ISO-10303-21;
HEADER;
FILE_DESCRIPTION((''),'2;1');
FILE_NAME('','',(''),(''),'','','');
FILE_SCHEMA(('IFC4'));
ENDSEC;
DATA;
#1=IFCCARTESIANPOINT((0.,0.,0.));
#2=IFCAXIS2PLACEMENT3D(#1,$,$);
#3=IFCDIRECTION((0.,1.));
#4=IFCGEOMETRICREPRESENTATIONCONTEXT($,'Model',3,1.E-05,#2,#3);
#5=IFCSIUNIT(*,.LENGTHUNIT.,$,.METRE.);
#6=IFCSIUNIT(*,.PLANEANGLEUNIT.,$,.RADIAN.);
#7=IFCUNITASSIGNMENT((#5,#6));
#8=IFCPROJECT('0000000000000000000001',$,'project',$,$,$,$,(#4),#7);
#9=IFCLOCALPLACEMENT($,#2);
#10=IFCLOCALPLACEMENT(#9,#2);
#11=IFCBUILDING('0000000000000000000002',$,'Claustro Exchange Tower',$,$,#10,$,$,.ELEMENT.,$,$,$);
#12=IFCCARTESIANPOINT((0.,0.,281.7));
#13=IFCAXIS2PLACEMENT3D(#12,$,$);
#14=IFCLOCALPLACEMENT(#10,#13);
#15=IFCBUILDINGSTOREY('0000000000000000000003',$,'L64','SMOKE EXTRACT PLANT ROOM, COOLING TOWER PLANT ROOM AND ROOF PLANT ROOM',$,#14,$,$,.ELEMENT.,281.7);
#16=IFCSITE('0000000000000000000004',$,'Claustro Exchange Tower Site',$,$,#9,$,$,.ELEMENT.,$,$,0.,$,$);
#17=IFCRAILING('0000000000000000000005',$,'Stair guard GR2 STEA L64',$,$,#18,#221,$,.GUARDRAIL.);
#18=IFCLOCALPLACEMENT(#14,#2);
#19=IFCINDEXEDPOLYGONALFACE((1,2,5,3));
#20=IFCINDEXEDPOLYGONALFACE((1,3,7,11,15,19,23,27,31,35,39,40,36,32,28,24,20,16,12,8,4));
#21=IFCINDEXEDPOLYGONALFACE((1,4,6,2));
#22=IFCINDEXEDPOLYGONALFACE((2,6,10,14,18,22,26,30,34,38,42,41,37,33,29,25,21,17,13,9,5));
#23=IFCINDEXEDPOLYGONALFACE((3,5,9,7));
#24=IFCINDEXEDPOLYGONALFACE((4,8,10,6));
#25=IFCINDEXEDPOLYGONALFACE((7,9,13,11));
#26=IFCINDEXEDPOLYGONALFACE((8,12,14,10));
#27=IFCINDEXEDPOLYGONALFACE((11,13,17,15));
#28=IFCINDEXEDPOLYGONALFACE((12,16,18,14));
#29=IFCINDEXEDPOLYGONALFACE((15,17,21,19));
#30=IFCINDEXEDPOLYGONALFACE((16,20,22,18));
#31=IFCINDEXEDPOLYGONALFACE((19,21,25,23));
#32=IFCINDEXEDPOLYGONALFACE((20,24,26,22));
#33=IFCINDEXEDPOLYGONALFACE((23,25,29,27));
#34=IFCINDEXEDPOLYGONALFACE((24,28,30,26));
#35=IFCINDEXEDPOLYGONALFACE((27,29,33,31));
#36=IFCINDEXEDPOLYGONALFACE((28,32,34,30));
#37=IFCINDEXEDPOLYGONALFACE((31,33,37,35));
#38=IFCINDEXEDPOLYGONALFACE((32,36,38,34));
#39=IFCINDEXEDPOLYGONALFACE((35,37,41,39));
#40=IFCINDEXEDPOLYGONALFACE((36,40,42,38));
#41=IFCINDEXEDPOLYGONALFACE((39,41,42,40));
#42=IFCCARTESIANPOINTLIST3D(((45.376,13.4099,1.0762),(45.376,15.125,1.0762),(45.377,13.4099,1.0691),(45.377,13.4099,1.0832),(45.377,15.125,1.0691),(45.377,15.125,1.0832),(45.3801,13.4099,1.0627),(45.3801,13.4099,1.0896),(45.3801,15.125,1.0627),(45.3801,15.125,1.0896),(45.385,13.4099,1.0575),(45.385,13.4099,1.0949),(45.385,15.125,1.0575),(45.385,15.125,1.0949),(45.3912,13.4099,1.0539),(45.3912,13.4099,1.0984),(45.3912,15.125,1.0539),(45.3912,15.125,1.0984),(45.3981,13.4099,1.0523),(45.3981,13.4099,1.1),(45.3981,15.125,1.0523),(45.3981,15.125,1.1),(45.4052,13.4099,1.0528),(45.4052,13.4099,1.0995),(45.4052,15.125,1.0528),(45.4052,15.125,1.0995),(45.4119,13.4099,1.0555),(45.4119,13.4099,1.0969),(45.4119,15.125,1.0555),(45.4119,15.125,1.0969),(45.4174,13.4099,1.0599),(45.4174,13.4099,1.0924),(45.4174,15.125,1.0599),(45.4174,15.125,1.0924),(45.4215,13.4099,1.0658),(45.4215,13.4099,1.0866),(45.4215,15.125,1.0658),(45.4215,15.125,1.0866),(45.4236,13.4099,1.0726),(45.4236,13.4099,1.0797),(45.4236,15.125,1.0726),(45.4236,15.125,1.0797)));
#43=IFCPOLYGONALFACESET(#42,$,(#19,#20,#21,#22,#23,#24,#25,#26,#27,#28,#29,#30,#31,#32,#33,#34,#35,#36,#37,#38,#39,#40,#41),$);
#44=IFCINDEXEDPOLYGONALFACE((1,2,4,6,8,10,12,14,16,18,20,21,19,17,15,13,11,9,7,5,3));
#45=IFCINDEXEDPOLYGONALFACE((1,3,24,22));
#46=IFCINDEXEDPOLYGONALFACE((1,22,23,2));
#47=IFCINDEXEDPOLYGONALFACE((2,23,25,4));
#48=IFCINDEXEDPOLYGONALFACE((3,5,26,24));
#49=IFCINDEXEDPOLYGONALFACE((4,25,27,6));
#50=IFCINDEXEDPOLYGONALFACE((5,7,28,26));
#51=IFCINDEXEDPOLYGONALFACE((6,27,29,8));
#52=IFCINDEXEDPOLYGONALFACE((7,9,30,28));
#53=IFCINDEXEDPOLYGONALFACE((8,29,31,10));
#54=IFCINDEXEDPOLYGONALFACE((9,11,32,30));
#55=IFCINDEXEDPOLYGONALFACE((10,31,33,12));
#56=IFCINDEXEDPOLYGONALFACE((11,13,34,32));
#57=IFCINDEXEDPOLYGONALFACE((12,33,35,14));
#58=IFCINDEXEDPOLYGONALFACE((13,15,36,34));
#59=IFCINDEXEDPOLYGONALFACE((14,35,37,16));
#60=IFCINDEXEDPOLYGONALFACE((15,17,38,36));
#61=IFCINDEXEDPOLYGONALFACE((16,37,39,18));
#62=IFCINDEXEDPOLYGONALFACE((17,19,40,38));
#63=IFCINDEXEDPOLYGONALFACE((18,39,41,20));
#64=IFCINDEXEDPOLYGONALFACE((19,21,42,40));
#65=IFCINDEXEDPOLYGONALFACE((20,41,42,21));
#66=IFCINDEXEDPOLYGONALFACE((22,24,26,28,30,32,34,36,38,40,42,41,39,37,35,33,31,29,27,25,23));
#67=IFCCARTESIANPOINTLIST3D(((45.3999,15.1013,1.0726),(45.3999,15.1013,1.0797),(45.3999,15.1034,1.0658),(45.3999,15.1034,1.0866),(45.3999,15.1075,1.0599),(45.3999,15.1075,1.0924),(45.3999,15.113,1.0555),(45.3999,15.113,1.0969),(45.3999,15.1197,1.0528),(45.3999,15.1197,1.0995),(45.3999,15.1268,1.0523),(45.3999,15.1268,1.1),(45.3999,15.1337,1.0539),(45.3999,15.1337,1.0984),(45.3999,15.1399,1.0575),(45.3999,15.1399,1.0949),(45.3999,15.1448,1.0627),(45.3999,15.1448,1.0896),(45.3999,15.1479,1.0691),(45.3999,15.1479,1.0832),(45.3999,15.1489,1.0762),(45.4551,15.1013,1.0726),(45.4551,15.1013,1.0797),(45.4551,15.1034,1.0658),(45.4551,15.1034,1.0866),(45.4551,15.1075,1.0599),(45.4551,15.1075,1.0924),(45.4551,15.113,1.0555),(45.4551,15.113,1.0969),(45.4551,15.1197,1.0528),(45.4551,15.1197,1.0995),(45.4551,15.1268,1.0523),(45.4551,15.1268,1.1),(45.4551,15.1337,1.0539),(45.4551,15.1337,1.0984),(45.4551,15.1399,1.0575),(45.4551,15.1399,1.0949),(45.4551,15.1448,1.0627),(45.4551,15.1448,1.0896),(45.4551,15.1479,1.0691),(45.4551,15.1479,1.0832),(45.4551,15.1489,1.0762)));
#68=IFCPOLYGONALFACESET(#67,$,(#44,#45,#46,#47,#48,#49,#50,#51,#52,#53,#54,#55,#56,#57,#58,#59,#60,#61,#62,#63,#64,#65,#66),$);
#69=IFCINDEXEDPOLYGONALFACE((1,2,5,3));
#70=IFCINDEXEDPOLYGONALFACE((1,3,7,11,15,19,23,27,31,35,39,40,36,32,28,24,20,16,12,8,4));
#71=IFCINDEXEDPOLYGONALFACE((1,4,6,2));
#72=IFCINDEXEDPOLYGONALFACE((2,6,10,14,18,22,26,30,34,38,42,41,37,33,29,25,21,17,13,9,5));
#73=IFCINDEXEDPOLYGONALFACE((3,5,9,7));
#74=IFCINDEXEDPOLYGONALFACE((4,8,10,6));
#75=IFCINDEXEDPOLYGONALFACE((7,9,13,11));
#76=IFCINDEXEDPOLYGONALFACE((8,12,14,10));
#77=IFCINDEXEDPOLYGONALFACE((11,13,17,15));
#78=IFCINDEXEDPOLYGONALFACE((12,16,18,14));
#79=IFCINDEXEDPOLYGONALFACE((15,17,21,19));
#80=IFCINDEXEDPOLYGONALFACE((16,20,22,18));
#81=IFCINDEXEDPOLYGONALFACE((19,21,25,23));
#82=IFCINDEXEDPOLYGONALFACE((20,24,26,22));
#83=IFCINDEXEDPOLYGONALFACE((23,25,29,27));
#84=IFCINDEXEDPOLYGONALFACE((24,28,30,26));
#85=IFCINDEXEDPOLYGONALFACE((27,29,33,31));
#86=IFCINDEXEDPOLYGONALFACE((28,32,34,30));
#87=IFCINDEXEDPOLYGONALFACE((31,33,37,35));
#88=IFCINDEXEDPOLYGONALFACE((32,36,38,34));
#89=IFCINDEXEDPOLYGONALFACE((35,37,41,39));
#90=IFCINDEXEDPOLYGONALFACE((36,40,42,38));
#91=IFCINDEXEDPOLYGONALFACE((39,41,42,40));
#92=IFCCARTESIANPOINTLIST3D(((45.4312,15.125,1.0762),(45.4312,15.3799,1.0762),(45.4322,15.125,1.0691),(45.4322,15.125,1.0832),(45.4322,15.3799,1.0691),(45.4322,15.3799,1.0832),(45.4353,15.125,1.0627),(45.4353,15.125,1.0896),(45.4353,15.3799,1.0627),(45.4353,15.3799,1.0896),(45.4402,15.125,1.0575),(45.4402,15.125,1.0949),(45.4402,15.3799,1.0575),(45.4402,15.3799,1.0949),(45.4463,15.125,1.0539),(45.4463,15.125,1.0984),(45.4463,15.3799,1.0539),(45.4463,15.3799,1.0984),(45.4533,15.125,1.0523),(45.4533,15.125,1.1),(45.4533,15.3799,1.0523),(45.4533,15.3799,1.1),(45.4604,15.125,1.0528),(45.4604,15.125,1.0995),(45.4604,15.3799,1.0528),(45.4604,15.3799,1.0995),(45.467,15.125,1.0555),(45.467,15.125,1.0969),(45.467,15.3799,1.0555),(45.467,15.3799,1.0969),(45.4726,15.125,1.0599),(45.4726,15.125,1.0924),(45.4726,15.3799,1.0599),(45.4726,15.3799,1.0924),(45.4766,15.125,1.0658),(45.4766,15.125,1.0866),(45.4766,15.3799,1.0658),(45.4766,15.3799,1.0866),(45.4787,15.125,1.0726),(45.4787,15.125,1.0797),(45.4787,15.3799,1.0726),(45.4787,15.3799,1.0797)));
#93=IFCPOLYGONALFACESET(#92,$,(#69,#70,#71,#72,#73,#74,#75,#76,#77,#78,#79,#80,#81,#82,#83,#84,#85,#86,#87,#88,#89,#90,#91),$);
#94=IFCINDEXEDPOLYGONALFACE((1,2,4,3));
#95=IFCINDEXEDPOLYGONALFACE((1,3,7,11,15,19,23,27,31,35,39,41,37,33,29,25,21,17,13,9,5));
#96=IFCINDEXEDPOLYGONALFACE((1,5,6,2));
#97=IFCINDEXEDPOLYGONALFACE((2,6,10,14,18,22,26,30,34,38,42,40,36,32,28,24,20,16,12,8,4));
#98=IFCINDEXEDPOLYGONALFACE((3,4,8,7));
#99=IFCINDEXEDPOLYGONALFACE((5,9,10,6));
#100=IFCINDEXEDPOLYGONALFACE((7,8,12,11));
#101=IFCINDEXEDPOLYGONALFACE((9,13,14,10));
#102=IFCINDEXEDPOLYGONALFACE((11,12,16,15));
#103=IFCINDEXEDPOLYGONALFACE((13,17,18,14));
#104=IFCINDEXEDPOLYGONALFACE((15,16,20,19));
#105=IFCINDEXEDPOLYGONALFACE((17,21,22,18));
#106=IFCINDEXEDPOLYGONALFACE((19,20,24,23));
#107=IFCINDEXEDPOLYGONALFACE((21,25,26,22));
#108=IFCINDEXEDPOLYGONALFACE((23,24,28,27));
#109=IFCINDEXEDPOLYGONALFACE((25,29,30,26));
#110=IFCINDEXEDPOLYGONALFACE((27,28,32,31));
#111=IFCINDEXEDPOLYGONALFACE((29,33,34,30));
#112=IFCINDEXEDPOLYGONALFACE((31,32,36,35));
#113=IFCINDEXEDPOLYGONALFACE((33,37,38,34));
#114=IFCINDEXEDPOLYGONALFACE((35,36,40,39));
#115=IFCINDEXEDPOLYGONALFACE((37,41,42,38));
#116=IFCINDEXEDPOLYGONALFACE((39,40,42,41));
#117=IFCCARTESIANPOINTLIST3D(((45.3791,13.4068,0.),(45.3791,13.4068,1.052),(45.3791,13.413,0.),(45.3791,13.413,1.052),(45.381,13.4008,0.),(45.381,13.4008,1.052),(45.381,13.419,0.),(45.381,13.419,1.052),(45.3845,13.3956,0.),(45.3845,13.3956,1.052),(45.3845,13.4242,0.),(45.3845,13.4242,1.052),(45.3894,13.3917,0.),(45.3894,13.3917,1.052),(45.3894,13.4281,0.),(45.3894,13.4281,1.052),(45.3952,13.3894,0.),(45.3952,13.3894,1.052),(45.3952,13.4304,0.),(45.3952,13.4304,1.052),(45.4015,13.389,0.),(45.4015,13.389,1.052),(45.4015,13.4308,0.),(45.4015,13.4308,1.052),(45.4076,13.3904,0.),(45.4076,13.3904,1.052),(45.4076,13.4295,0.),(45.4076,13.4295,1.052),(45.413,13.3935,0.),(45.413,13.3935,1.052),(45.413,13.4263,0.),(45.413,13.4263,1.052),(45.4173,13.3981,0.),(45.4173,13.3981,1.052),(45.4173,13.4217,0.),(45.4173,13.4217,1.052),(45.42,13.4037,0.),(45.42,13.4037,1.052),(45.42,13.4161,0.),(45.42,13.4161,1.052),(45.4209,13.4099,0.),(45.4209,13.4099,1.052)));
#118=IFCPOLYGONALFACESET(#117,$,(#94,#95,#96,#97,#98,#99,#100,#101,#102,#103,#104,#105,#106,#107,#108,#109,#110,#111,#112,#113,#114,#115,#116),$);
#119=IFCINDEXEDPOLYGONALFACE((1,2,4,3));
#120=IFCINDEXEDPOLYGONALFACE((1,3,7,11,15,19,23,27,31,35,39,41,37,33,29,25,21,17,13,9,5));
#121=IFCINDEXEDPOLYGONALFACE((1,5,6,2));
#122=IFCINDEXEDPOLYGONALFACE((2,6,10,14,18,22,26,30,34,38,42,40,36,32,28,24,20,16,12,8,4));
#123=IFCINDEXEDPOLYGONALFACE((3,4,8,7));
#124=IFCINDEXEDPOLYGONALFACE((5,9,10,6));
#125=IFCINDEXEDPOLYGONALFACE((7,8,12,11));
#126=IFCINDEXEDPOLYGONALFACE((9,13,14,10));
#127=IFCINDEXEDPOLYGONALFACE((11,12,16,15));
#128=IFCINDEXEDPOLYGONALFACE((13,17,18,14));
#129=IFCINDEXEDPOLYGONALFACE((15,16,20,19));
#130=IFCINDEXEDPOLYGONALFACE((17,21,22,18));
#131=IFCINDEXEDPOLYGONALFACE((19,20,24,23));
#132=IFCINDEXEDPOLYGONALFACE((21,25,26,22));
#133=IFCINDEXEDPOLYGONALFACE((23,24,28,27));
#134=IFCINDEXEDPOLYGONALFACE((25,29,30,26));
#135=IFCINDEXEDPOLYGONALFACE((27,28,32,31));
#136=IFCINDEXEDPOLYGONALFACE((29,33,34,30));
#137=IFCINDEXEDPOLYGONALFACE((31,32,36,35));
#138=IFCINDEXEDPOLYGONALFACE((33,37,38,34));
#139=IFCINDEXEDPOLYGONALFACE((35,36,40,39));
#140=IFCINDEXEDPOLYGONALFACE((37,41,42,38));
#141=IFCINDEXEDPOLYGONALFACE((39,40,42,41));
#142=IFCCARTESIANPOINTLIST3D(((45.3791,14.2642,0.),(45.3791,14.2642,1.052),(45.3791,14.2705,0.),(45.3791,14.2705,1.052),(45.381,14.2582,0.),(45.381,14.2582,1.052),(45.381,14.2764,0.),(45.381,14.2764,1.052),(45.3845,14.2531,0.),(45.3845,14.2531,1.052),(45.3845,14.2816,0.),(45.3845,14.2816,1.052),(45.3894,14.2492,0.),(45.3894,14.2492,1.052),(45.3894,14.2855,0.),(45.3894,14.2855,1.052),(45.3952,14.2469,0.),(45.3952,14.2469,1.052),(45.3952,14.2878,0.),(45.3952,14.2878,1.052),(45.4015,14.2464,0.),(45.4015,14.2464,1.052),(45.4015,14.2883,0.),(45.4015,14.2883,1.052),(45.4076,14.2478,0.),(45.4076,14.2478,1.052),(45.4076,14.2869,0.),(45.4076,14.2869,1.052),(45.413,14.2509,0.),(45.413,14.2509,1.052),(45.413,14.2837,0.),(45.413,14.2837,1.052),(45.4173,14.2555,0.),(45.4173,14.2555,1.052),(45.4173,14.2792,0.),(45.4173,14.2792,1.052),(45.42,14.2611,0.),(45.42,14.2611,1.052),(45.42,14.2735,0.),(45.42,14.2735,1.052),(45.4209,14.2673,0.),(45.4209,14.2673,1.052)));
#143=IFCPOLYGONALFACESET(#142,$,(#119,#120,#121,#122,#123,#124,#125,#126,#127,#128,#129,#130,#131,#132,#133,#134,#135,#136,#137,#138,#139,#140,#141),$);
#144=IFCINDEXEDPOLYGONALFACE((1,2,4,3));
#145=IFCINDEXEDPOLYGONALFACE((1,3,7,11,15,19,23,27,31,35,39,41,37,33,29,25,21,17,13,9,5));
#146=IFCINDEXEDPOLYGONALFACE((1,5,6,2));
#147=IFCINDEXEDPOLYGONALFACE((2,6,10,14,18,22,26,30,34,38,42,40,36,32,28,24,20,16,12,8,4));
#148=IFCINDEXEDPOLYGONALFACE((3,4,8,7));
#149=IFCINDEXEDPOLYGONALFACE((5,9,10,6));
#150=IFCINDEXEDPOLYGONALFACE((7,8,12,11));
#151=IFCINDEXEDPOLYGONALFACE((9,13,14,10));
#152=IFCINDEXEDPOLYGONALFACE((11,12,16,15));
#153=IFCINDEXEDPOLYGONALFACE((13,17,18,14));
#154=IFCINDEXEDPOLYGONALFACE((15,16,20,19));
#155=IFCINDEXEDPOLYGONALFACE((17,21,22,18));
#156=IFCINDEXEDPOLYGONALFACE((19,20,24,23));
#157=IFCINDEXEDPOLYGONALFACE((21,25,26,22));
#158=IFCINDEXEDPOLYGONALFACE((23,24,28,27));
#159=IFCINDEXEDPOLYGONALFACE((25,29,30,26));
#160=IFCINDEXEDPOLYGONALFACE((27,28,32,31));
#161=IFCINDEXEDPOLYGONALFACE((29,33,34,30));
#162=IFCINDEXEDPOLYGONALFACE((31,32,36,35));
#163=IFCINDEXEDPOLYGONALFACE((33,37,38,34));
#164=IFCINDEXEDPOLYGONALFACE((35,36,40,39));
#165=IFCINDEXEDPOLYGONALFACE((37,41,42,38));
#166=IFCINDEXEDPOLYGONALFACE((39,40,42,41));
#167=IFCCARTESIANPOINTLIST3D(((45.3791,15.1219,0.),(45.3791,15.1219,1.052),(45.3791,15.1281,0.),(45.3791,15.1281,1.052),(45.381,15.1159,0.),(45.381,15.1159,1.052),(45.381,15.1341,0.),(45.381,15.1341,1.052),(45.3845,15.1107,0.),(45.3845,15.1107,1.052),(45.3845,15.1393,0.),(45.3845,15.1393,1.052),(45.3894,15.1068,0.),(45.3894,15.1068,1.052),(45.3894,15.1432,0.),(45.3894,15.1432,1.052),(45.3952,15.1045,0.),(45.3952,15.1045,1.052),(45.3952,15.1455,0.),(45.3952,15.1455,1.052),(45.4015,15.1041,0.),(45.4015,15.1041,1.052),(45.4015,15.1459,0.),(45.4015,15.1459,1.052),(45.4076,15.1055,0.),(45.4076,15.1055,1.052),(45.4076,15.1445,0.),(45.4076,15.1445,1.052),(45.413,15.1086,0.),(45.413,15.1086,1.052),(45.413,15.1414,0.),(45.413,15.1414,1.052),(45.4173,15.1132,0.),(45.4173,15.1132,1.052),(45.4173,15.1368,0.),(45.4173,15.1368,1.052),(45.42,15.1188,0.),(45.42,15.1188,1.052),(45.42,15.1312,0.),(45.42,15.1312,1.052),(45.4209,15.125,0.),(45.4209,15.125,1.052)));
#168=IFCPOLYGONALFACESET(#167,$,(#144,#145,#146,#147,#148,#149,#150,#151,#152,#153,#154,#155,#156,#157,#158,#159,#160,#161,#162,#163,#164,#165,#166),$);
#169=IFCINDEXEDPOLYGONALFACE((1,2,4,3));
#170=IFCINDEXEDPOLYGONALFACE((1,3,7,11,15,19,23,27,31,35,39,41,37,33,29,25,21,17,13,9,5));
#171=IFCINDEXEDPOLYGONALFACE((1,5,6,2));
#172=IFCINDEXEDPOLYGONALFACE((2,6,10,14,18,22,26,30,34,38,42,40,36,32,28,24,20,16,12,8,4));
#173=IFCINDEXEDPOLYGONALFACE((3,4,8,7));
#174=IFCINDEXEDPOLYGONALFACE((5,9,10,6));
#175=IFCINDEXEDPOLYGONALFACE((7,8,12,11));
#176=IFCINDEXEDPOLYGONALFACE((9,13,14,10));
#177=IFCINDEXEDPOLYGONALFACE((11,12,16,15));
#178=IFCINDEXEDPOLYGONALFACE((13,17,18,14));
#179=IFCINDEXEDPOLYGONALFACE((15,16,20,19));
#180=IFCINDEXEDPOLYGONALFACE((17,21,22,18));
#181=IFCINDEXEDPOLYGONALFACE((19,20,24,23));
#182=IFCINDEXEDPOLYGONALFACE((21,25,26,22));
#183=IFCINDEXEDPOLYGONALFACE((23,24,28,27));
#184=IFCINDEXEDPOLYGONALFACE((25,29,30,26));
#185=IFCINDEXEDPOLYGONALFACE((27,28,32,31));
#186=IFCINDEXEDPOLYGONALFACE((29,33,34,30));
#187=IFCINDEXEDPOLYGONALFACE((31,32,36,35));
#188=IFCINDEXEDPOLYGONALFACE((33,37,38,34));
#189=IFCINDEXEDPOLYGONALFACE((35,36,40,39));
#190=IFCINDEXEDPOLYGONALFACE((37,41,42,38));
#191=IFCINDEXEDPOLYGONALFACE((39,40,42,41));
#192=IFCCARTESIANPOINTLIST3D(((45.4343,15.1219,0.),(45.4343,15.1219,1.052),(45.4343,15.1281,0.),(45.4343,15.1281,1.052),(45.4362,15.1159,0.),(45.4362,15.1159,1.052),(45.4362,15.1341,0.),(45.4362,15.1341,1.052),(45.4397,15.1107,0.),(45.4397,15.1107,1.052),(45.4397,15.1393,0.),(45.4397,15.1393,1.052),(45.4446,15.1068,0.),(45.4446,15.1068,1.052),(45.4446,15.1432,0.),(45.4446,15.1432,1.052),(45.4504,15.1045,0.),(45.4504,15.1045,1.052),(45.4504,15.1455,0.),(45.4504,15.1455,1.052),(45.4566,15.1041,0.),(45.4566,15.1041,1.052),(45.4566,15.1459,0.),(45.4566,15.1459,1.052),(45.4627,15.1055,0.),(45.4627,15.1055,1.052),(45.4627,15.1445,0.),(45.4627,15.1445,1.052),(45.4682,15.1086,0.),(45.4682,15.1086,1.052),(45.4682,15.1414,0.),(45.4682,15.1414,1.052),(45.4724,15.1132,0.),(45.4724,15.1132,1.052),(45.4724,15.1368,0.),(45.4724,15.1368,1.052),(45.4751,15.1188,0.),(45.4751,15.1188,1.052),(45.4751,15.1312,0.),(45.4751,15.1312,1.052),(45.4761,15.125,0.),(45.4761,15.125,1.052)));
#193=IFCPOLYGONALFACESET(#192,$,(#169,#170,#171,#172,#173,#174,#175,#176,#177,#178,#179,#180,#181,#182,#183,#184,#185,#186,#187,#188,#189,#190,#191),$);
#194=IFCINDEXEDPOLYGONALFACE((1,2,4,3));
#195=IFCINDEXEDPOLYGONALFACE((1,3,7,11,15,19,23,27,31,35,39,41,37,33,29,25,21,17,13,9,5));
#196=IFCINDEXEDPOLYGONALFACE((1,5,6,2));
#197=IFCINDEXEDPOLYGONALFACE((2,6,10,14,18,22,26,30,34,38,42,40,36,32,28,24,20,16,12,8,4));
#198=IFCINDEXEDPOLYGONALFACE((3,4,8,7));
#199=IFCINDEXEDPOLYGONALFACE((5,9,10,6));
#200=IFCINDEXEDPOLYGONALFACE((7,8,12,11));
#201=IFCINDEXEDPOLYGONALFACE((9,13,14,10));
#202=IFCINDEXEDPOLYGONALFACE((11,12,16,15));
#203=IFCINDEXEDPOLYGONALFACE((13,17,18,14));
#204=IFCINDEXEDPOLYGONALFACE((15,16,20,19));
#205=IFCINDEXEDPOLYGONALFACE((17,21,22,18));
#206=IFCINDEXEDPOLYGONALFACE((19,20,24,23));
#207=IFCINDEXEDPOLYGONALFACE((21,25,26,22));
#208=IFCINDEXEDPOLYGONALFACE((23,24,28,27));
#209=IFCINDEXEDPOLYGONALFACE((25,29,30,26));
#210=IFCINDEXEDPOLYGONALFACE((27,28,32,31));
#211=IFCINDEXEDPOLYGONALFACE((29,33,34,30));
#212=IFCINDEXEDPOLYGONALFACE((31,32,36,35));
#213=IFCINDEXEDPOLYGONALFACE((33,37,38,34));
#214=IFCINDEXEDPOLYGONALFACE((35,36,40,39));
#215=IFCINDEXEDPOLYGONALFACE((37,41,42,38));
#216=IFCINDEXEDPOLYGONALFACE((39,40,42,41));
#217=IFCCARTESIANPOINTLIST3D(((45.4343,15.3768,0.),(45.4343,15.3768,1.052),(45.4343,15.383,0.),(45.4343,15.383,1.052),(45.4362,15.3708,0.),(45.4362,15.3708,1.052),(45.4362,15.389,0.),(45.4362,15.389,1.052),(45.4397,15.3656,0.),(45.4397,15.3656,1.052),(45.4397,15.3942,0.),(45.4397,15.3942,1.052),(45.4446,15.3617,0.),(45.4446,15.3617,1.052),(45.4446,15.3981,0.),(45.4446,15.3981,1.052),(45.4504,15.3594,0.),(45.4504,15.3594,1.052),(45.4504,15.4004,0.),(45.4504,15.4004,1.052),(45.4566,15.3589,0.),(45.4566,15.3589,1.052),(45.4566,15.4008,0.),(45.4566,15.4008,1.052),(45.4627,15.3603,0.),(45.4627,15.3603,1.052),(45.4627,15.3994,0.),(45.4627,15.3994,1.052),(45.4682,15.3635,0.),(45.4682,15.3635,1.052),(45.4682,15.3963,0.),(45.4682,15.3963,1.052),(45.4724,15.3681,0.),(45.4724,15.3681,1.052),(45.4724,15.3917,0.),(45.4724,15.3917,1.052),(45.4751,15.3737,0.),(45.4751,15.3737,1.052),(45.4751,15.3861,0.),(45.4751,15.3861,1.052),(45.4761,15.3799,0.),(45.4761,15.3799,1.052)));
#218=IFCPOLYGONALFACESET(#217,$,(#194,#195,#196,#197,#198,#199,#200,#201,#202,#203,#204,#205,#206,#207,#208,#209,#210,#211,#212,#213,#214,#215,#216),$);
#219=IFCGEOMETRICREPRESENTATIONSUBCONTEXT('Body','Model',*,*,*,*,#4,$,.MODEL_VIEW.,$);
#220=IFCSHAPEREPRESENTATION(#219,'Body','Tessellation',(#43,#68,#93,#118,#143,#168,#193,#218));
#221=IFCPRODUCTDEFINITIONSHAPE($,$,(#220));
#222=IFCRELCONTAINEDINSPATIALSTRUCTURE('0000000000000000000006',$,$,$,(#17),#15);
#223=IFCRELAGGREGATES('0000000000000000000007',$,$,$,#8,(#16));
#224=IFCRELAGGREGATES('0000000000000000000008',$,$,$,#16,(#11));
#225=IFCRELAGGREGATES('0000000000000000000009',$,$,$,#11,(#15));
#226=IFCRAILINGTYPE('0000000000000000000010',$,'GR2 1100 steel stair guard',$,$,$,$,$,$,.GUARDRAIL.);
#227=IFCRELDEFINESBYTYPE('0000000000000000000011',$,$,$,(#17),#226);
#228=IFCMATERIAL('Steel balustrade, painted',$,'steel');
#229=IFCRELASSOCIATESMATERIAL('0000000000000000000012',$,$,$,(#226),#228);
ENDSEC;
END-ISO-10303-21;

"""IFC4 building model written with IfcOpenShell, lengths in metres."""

from ifc_helpers import new_model, si_unit, direction, frame, origin, origin_2d, place, context, subcontext, project, spatial, circle, extrude, material, type_object, element, save


model = new_model("IFC4")

# Units and contexts
model_context = context("Model", 3, precision=1e-05, world=origin(), true_north=direction((0.0, 1.0)))
body_context = subcontext(model_context, "Body", "Model", "MODEL_VIEW")
ifc_project = project(units=[si_unit("LENGTHUNIT", "METRE"), si_unit("PLANEANGLEUNIT", "RADIAN")], contexts=[model_context])

# Site, building, storey
site_placement = place(None, origin())
site = spatial("IfcSite", under=ifc_project, at=site_placement, Name="Claustro Exchange Tower Site", CompositionType="ELEMENT", RefElevation=0.0)
building_placement = place(site_placement, origin())
building = spatial("IfcBuilding", under=site, at=building_placement, Name="Claustro Exchange Tower", CompositionType="ELEMENT")
storey_placement = place(building_placement, frame((0.0, 0.0, 281.7)))
storey = spatial("IfcBuildingStorey", under=building, at=storey_placement, Name="L64", Description="SMOKE EXTRACT PLANT ROOM, COOLING TOWER PLANT ROOM AND ROOF PLANT ROOM", CompositionType="ELEMENT", Elevation=281.7)

# Railing
ifc_material_1 = material(Name="Steel balustrade, painted", Category="steel")
railing_type = type_object("IfcRailingType", Name="GR2 1100 steel stair guard", PredefinedType="GUARDRAIL", material=ifc_material_1)
railing_placement = place(storey_placement, frame((45.3999, 13.4099, 0.0)))
element("IfcRailing", 1, at=railing_placement, inside=storey, type_object=railing_type, Name="Stair guard GR2 STEA L64", PredefinedType="GUARDRAIL", context=body_context, shape_type="SweptSolid", body=[
    extrude(circle(Radius=0.0239, at=origin_2d()), frame((0.0, 0.0, 1.0762), z_axis=(0.0, 1.0, 0.0), x_axis=(-1.0, 0.0, 0.0)), (0.0, 0.0, 1.0), 1.7151),
    extrude(circle(Radius=0.0239, at=origin_2d()), frame((0.0, 1.7151, 1.0762), z_axis=(1.0, 0.0, 0.0), x_axis=(0.0, 1.0, 0.0)), (0.0, 0.0, 1.0), 0.0552),
    extrude(circle(Radius=0.0239, at=origin_2d()), frame((0.0552, 1.7151, 1.0762), z_axis=(0.0, 1.0, 0.0), x_axis=(-1.0, 0.0, 0.0)), (0.0, 0.0, 1.0), 0.2549),
    extrude(circle(Radius=0.021, at=origin_2d()), origin(), (0.0, 0.0, 1.0), 1.052),
    extrude(circle(Radius=0.021, at=origin_2d()), frame((0.0, 0.8574, 0.0)), (0.0, 0.0, 1.0), 1.052),
    extrude(circle(Radius=0.021, at=origin_2d()), frame((0.0, 1.7151, 0.0)), (0.0, 0.0, 1.0), 1.052),
    extrude(circle(Radius=0.021, at=origin_2d()), frame((0.0552, 1.7151, 0.0)), (0.0, 0.0, 1.0), 1.052),
    extrude(circle(Radius=0.021, at=origin_2d()), frame((0.0552, 1.97, 0.0)), (0.0, 0.0, 1.0), 1.052),
])

save(model, "model.ifc")
